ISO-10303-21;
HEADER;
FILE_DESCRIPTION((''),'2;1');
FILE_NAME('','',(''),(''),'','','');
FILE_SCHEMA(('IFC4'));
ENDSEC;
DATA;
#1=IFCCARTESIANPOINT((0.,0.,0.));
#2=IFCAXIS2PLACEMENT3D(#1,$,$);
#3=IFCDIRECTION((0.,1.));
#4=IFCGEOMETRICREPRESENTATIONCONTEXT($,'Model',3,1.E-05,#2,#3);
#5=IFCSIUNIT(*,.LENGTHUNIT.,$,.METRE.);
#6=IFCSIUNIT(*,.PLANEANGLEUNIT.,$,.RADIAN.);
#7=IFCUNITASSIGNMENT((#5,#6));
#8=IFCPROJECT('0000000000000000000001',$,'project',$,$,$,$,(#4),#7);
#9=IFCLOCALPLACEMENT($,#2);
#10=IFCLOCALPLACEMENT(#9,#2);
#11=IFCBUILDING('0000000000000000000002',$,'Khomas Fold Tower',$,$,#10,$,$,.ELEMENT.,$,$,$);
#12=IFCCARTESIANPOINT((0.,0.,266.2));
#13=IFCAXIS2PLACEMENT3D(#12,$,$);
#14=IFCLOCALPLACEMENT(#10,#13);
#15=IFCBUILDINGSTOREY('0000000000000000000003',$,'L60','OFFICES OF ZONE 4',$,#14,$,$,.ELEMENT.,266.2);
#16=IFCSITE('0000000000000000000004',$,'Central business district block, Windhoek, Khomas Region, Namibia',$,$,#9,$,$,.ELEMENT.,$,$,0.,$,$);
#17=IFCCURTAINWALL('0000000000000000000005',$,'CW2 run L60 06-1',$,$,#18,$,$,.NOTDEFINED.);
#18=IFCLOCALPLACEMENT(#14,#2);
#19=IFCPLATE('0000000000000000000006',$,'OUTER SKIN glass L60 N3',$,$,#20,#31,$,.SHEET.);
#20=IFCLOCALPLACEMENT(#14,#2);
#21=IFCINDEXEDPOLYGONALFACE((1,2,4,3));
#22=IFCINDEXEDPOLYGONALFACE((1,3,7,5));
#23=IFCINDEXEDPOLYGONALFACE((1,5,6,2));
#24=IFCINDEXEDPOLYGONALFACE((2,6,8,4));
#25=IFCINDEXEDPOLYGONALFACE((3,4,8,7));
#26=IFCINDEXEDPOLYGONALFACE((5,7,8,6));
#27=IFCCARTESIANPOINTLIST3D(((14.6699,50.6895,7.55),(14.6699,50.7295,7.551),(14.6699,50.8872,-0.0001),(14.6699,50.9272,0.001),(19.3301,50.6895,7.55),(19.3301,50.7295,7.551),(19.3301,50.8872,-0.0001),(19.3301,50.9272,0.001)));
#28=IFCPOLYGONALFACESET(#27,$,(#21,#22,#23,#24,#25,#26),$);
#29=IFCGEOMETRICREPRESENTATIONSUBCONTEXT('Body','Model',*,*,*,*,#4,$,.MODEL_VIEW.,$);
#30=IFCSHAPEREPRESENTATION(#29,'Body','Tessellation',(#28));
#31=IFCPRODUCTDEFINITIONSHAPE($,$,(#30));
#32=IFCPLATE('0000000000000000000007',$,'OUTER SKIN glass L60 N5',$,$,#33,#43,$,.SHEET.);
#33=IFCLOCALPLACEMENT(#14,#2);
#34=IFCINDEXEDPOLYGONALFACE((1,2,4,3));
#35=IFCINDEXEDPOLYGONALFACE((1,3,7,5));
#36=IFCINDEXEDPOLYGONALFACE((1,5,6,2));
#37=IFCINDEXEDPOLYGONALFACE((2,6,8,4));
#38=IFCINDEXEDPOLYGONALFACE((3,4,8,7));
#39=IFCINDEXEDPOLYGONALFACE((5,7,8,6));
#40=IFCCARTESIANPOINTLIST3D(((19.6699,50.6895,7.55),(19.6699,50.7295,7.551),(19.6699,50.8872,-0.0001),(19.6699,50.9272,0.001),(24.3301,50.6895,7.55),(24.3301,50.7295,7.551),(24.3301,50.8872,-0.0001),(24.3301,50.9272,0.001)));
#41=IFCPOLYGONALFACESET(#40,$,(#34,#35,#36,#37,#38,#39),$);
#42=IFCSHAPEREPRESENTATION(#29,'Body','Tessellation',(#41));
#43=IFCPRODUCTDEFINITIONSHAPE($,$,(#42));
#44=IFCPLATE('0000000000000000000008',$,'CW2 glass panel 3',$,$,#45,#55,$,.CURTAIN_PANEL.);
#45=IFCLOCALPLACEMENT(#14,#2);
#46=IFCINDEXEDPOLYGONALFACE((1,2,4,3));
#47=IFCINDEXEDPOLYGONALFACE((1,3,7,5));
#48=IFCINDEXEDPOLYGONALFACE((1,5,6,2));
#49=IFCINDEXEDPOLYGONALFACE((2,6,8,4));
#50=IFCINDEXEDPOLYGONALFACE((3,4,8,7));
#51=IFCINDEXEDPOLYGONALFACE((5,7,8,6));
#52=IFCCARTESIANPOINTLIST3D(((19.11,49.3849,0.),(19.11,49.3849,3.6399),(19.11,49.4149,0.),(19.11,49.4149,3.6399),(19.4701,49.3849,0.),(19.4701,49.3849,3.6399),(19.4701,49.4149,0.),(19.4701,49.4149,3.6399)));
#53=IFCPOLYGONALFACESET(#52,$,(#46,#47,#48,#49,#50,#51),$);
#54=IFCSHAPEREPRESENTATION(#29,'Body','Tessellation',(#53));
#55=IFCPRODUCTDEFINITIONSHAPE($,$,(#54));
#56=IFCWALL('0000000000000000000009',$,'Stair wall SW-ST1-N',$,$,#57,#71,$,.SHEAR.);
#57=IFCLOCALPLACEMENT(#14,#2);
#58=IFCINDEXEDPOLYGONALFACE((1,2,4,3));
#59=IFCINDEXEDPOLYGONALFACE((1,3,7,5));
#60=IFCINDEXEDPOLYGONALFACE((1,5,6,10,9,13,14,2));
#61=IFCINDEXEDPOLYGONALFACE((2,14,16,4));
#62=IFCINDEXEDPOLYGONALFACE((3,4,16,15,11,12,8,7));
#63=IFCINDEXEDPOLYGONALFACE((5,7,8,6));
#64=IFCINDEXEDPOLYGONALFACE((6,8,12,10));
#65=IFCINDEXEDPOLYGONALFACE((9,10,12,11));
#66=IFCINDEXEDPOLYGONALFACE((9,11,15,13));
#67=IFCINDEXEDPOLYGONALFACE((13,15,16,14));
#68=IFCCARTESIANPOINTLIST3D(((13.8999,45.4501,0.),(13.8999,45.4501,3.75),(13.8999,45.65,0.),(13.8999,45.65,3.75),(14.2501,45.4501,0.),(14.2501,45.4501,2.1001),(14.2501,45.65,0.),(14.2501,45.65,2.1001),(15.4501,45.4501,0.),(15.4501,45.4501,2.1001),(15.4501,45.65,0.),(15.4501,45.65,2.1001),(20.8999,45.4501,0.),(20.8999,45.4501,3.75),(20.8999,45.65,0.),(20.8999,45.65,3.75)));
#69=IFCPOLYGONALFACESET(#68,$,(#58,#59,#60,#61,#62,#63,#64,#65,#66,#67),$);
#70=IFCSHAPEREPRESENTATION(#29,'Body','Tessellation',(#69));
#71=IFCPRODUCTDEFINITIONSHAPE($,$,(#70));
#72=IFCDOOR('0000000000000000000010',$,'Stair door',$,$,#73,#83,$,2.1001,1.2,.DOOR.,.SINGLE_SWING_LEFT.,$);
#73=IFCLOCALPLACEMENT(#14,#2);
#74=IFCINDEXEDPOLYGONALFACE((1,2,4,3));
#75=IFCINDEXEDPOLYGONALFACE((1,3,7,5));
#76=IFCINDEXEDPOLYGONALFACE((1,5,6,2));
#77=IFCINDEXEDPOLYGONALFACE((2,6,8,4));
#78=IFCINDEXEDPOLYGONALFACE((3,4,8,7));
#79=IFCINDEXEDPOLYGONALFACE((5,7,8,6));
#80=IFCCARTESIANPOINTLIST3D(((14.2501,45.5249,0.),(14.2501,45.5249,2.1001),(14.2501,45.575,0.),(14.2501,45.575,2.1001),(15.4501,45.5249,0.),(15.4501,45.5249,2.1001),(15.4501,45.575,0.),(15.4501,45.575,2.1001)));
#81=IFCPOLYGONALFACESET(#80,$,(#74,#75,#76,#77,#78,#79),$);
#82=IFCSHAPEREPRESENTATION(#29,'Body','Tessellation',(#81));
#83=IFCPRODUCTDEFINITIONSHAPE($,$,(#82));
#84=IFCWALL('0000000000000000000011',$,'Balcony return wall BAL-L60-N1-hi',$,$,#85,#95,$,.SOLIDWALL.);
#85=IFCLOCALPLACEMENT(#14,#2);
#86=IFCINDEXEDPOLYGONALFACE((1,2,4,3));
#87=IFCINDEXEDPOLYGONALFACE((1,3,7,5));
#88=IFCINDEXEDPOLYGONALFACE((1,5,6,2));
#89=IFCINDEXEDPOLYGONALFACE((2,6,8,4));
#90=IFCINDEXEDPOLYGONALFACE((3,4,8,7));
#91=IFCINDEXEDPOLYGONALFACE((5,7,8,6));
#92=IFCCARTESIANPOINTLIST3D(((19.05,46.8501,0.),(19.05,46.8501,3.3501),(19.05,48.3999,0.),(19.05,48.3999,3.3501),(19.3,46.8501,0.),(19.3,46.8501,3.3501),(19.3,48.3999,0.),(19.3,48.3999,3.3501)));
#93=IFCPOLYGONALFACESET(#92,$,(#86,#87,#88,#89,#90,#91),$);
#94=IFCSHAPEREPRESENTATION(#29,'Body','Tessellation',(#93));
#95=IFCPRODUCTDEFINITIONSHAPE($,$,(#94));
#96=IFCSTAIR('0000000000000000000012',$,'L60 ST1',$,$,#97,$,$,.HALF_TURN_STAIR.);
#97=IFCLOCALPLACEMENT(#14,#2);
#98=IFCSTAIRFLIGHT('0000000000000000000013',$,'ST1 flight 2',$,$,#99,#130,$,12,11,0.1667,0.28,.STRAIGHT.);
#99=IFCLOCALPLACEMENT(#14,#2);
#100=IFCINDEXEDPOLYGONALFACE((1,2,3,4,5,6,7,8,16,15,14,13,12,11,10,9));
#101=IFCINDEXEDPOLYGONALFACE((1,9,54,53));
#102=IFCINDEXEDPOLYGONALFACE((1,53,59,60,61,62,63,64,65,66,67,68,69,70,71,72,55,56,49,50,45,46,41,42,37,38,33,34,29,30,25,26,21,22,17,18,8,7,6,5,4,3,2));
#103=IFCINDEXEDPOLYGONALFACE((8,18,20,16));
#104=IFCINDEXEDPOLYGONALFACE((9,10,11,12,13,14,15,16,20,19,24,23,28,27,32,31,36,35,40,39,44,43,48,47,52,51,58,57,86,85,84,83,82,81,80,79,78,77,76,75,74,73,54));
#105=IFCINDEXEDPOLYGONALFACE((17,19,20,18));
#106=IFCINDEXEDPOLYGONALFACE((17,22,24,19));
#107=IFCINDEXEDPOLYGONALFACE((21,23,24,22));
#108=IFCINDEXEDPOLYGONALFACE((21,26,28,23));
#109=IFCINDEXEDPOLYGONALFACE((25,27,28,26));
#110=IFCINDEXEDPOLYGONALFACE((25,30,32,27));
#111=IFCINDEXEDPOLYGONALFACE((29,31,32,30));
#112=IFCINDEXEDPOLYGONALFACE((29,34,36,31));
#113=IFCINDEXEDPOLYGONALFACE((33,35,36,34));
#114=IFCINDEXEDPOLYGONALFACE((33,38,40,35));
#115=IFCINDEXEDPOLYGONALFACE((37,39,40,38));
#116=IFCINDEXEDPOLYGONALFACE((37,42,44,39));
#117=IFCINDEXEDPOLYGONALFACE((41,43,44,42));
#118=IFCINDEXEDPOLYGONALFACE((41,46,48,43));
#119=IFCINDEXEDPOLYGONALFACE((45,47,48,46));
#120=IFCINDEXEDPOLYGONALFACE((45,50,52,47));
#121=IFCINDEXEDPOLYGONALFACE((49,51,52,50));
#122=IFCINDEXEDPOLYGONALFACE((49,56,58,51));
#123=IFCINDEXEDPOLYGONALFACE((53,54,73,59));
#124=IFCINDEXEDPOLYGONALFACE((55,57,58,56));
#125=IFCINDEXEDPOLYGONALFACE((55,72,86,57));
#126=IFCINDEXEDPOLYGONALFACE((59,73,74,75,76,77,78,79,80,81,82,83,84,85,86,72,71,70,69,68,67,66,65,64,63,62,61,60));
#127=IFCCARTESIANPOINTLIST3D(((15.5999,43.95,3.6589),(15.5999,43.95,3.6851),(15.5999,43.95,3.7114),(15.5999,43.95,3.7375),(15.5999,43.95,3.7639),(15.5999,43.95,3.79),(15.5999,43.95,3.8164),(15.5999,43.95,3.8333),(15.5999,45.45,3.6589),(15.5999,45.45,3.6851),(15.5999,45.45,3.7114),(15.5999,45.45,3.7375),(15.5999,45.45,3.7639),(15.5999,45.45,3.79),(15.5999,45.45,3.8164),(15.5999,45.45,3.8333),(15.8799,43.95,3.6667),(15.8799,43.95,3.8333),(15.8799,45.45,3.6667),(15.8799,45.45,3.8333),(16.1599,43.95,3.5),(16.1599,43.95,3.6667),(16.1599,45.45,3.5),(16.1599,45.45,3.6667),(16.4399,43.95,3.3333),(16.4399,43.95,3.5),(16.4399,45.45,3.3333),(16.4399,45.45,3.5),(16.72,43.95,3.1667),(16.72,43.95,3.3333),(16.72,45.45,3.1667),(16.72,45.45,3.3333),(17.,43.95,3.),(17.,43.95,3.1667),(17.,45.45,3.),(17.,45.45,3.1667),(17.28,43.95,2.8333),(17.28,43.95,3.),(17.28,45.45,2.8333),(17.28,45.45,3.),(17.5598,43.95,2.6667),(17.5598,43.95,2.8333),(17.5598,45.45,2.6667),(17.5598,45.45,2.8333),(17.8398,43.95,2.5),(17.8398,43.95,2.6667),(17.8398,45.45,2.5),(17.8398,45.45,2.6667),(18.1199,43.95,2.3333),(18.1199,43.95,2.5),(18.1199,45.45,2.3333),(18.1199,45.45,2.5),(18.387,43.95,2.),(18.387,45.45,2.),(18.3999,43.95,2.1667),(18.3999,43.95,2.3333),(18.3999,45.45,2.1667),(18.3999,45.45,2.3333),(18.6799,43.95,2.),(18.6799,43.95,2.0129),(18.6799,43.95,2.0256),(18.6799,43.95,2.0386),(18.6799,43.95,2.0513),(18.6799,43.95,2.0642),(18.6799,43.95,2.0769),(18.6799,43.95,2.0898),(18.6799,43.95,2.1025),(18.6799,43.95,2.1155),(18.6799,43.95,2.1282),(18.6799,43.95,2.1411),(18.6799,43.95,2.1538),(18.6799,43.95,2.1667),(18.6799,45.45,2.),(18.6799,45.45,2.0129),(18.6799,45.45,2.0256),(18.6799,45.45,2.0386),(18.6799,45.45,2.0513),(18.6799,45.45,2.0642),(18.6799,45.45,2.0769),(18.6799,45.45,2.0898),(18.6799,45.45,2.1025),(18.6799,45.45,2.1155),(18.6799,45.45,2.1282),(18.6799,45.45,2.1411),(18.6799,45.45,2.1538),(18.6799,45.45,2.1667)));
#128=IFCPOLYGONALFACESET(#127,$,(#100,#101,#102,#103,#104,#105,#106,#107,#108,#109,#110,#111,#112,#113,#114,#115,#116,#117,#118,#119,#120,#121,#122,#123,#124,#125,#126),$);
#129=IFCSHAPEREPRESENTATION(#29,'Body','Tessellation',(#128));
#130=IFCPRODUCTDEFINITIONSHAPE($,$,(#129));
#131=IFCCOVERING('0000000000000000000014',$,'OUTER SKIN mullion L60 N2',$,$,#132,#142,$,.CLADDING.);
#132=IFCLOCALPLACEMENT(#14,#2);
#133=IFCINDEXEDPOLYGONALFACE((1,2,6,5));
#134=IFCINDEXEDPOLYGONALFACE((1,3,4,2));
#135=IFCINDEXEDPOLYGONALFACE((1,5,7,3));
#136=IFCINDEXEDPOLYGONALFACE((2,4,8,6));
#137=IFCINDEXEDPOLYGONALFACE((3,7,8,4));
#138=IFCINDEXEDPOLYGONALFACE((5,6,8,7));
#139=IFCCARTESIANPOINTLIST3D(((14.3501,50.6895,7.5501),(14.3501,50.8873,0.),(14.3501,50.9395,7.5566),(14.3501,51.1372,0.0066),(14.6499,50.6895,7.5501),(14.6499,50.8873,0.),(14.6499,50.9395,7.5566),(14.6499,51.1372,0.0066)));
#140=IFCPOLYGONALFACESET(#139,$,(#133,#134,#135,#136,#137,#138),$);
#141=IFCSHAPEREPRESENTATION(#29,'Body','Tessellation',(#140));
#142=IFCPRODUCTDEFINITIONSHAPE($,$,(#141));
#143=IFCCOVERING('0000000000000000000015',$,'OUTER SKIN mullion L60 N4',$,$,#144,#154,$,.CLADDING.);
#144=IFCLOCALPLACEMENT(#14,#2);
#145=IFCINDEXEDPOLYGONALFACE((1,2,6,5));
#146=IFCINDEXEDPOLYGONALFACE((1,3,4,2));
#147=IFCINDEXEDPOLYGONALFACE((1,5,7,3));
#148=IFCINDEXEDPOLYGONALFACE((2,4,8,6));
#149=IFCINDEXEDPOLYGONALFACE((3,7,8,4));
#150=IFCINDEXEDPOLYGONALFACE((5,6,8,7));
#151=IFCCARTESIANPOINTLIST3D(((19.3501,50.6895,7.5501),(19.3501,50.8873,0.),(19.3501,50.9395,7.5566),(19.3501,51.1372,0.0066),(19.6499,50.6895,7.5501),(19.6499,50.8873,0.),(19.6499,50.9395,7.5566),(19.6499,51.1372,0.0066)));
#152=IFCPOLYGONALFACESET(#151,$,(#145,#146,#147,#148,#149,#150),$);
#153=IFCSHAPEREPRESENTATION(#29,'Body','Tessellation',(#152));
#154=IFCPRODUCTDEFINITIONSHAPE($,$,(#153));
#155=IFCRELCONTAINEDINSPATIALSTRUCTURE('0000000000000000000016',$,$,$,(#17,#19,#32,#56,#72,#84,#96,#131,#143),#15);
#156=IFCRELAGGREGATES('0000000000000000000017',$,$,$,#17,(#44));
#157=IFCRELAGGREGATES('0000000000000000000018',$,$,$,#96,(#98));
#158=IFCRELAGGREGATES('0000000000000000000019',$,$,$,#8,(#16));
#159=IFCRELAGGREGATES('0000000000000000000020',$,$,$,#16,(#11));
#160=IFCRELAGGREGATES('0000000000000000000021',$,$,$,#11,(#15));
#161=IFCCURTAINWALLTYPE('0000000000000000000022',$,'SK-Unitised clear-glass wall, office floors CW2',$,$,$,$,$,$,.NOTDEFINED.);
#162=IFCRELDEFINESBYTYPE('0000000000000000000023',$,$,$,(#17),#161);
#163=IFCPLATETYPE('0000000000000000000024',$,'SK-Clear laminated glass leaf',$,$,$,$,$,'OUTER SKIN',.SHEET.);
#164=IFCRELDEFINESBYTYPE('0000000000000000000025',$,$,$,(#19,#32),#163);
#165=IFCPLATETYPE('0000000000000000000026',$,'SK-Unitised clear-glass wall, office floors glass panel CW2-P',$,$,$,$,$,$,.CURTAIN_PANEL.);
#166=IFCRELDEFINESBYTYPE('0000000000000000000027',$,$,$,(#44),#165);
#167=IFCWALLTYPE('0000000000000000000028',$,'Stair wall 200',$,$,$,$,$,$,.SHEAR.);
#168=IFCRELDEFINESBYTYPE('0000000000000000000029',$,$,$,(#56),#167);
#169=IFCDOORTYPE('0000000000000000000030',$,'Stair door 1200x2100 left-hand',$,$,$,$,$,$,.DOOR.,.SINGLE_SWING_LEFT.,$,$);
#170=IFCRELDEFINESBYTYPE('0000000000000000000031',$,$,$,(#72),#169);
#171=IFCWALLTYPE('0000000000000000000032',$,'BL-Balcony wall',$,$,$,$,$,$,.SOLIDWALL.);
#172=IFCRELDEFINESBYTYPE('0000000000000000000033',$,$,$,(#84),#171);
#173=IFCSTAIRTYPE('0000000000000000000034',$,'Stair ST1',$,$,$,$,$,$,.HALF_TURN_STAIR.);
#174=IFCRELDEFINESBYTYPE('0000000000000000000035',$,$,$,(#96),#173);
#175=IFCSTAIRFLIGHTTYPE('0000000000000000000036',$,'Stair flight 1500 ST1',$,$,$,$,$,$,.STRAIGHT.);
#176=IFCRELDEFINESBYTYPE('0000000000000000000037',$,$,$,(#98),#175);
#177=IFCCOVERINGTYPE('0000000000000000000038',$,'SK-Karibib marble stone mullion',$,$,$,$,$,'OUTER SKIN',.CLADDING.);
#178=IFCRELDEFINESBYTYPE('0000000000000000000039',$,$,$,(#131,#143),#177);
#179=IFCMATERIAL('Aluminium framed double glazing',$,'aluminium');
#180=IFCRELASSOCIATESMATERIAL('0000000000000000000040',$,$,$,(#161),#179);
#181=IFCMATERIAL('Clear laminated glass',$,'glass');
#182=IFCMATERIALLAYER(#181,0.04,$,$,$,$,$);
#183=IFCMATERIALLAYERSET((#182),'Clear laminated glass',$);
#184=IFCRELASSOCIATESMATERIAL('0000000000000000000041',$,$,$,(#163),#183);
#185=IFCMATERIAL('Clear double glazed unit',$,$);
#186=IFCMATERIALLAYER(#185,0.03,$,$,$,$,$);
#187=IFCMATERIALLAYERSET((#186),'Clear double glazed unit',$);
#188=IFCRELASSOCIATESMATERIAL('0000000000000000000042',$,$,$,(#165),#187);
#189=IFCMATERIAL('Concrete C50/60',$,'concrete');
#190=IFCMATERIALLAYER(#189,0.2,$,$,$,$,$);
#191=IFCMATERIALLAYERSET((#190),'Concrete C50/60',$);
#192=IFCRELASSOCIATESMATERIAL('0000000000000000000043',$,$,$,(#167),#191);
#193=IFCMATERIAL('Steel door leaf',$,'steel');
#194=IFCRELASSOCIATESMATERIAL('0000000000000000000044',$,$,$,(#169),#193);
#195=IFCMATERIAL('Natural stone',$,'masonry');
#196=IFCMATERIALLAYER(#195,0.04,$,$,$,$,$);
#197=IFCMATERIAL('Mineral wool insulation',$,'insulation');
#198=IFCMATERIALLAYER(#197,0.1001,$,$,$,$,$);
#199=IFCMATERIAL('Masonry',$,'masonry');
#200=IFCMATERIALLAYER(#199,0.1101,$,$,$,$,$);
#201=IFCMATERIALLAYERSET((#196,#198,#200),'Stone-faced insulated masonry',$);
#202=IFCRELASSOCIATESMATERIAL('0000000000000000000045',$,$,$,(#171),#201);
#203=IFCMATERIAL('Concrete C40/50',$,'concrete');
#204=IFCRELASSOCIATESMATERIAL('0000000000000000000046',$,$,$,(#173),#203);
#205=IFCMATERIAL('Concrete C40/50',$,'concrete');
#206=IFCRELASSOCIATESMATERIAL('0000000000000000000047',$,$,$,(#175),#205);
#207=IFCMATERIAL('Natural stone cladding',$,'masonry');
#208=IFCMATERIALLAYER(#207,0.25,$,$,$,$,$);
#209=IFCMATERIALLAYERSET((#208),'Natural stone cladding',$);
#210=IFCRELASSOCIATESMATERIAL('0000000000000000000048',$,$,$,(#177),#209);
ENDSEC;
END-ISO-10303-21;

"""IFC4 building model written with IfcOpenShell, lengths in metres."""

from ifc_helpers import new_model, si_unit, direction, frame, frame_2d, origin, origin_2d, place, context, subcontext, project, spatial, polyline, rectangle, outline, extrude, source, transform, mapped, material, layer, layer_set, type_object, element, fill, aggregate, save


model = new_model("IFC4")

# Units and contexts
model_context = context("Model", 3, precision=1e-05, world=origin(), true_north=direction((0.0, 1.0)))
body_context = subcontext(model_context, "Body", "Model", "MODEL_VIEW")
ifc_project = project(units=[si_unit("LENGTHUNIT", "METRE"), si_unit("PLANEANGLEUNIT", "RADIAN")], contexts=[model_context])

# Site, building, storey
site_placement = place(None, origin())
site = spatial("IfcSite", under=ifc_project, at=site_placement, Name="Central business district block, Windhoek, Khomas Region, Namibia", CompositionType="ELEMENT", RefElevation=0.0)
building_placement = place(site_placement, origin())
building = spatial("IfcBuilding", under=site, at=building_placement, Name="Khomas Fold Tower", CompositionType="ELEMENT")
storey_placement = place(building_placement, frame((0.0, 0.0, 266.2)))
storey = spatial("IfcBuildingStorey", under=building, at=storey_placement, Name="L60", Description="OFFICES OF ZONE 4", CompositionType="ELEMENT", Elevation=266.2)

# Curtain wall
ifc_material_1 = material(Name="Aluminium framed double glazing", Category="aluminium")
curtain_wall_type = type_object("IfcCurtainWallType", Name="SK-Unitised clear-glass wall, office floors CW2", PredefinedType="NOTDEFINED", material=ifc_material_1)
curtain_wall_placement = place(storey_placement, origin())
curtain_wall = element("IfcCurtainWall", 1, at=curtain_wall_placement, inside=storey, type_object=curtain_wall_type, Name="CW2 run L60 06-1", PredefinedType="NOTDEFINED")

# Plates
ifc_material_2 = material(Name="Clear laminated glass", Category="glass")
ifc_layer_1 = layer(ifc_material_2, 0.04)
ifc_layer_set_1 = layer_set([ifc_layer_1], Name="Clear laminated glass")
plate_type_1 = type_object("IfcPlateType", Name="SK-Clear laminated glass leaf", ElementType="OUTER SKIN", PredefinedType="SHEET", material=ifc_layer_set_1)
for number, where, z_axis, x_axis, name in (
    (2, (14.6699, 50.9272, 0.001), (0.0, 0.999657, 0.026183), (1.0, 0.0, 0.0), "OUTER SKIN glass L60 N3"),
    (3, (19.6699, 50.9272, 0.001), (0.0, 0.999657, 0.026183), (1.0, 0.0, 0.0), "OUTER SKIN glass L60 N5"),
):
    element("IfcPlate", number, at=place(storey_placement, frame(where, z_axis=z_axis, x_axis=x_axis)), inside=storey, type_object=plate_type_1, Name=name, PredefinedType="SHEET", context=body_context, shape_type="SweptSolid", body=[
        extrude(outline(polyline([(0.0, 0.0), (4.6602, 0.0), (4.6602, -7.5526), (0.0, -7.5526), (0.0, 0.0)])), origin(), (0.0, 0.0, -1.0), 0.04),
    ])

# Plate
ifc_material_3 = material(Name="Clear double glazed unit")
ifc_layer_2 = layer(ifc_material_3, 0.03)
ifc_layer_set_2 = layer_set([ifc_layer_2], Name="Clear double glazed unit")
plate_type_2 = type_object("IfcPlateType", Name="SK-Unitised clear-glass wall, office floors glass panel CW2-P", PredefinedType="CURTAIN_PANEL", material=ifc_layer_set_2)
shared_shape_1 = source(origin(), body_context, "Body", "SweptSolid", [
    extrude(rectangle(XDim=0.3601, YDim=0.03, at=origin_2d()), origin(), (0.0, 0.0, 1.0), 3.6399),
])
plate_placement = place(storey_placement, frame((19.29, 49.3999, 0.0), z_axis=(0.0, 0.0, 1.0), x_axis=(-1.0, 0.0, 0.0)))
plate = element("IfcPlate", 4, at=plate_placement, type_object=plate_type_2, Name="CW2 glass panel 3", PredefinedType="CURTAIN_PANEL", context=body_context, shape_type="MappedRepresentation", body=[
    mapped(shared_shape_1, transform((0.0, 0.0, 0.0))),
])
aggregate(curtain_wall, [plate])

# Wall, opening, door
ifc_material_4 = material(Name="Concrete C50/60", Category="concrete")
ifc_layer_3 = layer(ifc_material_4, 0.2)
ifc_layer_set_3 = layer_set([ifc_layer_3], Name="Concrete C50/60")
wall_type_1 = type_object("IfcWallType", Name="Stair wall 200", PredefinedType="SHEAR", material=ifc_layer_set_3)
shared_shape_2 = source(origin(), body_context, "Body", "SweptSolid", [
    extrude(rectangle(XDim=7.0, YDim=0.2, at=frame_2d((3.5, 0.0))), origin(), (0.0, 0.0, 1.0), 3.75),
])
wall_1_placement = place(storey_placement, frame((13.8999, 45.55, 0.0), z_axis=(0.0, 0.0, 1.0), x_axis=(1.0, 0.0, 0.0)))
wall_1 = element("IfcWall", 5, at=wall_1_placement, inside=storey, type_object=wall_type_1, Name="Stair wall SW-ST1-N", PredefinedType="SHEAR", context=body_context, shape_type="MappedRepresentation", body=[
    mapped(shared_shape_2, transform((0.0, 0.0, 0.0))),
])
shared_shape_3 = source(origin(), body_context, "Body", "SweptSolid", [
    extrude(rectangle(XDim=1.2, YDim=2.1001, at=frame_2d((0.6001, 1.05))), frame((0.0, 0.1099, 0.0), z_axis=(0.0, -1.0, 0.0), x_axis=(1.0, 0.0, 0.0)), (0.0, 0.0, 1.0), 0.22),
])
opening_placement = place(wall_1_placement, frame((0.3501, 0.0, 0.0)))
opening = element("IfcOpeningElement", 6, at=opening_placement, cuts=wall_1, PredefinedType="OPENING", context=body_context, shape_type="MappedRepresentation", body=[
    mapped(shared_shape_3, transform((0.0, 0.0, 0.0))),
])
ifc_material_5 = material(Name="Steel door leaf", Category="steel")
door_type = type_object("IfcDoorType", Name="Stair door 1200x2100 left-hand", OperationType="SINGLE_SWING_LEFT", PredefinedType="DOOR", material=ifc_material_5)
shared_shape_4 = source(origin(), body_context, "Body", "SweptSolid", [
    extrude(rectangle(XDim=1.2, YDim=2.1001, at=frame_2d((0.6001, 1.05))), frame((0.0, 0.0249, 0.0), z_axis=(0.0, -1.0, 0.0), x_axis=(1.0, 0.0, 0.0)), (0.0, 0.0, 1.0), 0.05),
])
door_placement = place(opening_placement, origin())
door = element("IfcDoor", 7, at=door_placement, inside=storey, type_object=door_type, Name="Stair door", OperationType="SINGLE_SWING_LEFT", OverallHeight=2.1001, OverallWidth=1.2, PredefinedType="DOOR", context=body_context, shape_type="MappedRepresentation", body=[
    mapped(shared_shape_4, transform((0.0, 0.0, 0.0))),
])
fill(opening, door)

# Wall
ifc_material_6 = material(Name="Natural stone", Category="masonry")
ifc_layer_4 = layer(ifc_material_6, 0.04)
ifc_material_7 = material(Name="Mineral wool insulation", Category="insulation")
ifc_layer_5 = layer(ifc_material_7, 0.1001)
ifc_material_8 = material(Name="Masonry", Category="masonry")
ifc_layer_6 = layer(ifc_material_8, 0.1101)
ifc_layer_set_4 = layer_set([ifc_layer_4, ifc_layer_5, ifc_layer_6], Name="Stone-faced insulated masonry")
wall_type_2 = type_object("IfcWallType", Name="BL-Balcony wall", PredefinedType="SOLIDWALL", material=ifc_layer_set_4)
shared_shape_5 = source(origin(), body_context, "Body", "SweptSolid", [
    extrude(rectangle(XDim=1.5498, YDim=0.25, at=frame_2d((0.7749, 0.0))), origin(), (0.0, 0.0, 1.0), 3.3501),
])
wall_2_placement = place(storey_placement, frame((19.175, 48.3999, 0.0), z_axis=(0.0, 0.0, 1.0), x_axis=(0.0, -1.0, 0.0)))
element("IfcWall", 8, at=wall_2_placement, inside=storey, type_object=wall_type_2, Name="Balcony return wall BAL-L60-N1-hi", PredefinedType="SOLIDWALL", context=body_context, shape_type="MappedRepresentation", body=[
    mapped(shared_shape_5, transform((0.0, 0.0, 0.0))),
])

# Stair, stair flight
ifc_material_9 = material(Name="Concrete C40/50", Category="concrete")
stair_type = type_object("IfcStairType", Name="Stair ST1", PredefinedType="HALF_TURN_STAIR", material=ifc_material_9)
stair_placement = place(storey_placement, origin())
stair = element("IfcStair", 9, at=stair_placement, inside=storey, type_object=stair_type, Name="L60 ST1", PredefinedType="HALF_TURN_STAIR")
ifc_material_10 = material(Name="Concrete C40/50", Category="concrete")
stair_flight_type = type_object("IfcStairFlightType", Name="Stair flight 1500 ST1", PredefinedType="STRAIGHT", material=ifc_material_10)
shared_shape_6 = source(origin(), body_context, "Body", "SweptSolid", [
    extrude(outline(polyline([(0.0, 0.0), (0.0, 0.0129), (0.0, 0.0256), (0.0, 0.0386), (0.0, 0.0513), (0.0, 0.0642), (0.0, 0.0769), (0.0, 0.0898), (0.0, 0.1025), (0.0, 0.1155), (0.0, 0.1282), (0.0, 0.1411), (0.0, 0.1538), (0.0, 0.1667), (0.28, 0.1667), (0.28, 0.3333), (0.5601, 0.3333), (0.5601, 0.5), (0.8401, 0.5), (0.8401, 0.6667), (1.1201, 0.6667), (1.1201, 0.8333), (1.3999, 0.8333), (1.3999, 1.0), (1.6799, 1.0), (1.6799, 1.1667), (1.96, 1.1667), (1.96, 1.3333), (2.24, 1.3333), (2.24, 1.5), (2.52, 1.5), (2.52, 1.6667), (2.8, 1.6667), (2.8, 1.8333), (3.0801, 1.8333), (3.0801, 2.0), (3.0801, 1.9739), (3.0801, 1.9475), (3.0801, 1.9214), (3.0801, 1.895), (3.0801, 1.8689), (3.0801, 1.8425), (3.0801, 1.8164), (3.0801, 1.79), (3.0801, 1.7639), (3.0801, 1.7375), (3.0801, 1.7114), (3.0801, 1.6851), (3.0801, 1.6589), (0.293, 0.0), (0.0, 0.0)])), frame((0.0, 0.75, 0.0), z_axis=(0.0, -1.0, 0.0), x_axis=(1.0, 0.0, 0.0)), (0.0, 0.0, 1.0), 1.5),
])
stair_flight_placement = place(storey_placement, frame((18.6799, 44.7, 2.0), z_axis=(0.0, 0.0, 1.0), x_axis=(-1.0, 0.0, 0.0)))
stair_flight = element("IfcStairFlight", 10, at=stair_flight_placement, type_object=stair_flight_type, Name="ST1 flight 2", NumberOfRisers=12, NumberOfTreads=11, PredefinedType="STRAIGHT", RiserHeight=0.1667, TreadLength=0.28, context=body_context, shape_type="MappedRepresentation", body=[
    mapped(shared_shape_6, transform((0.0, 0.0, 0.0))),
])
aggregate(stair, [stair_flight])

# Coverings
ifc_material_11 = material(Name="Natural stone cladding", Category="masonry")
ifc_layer_7 = layer(ifc_material_11, 0.25)
ifc_layer_set_5 = layer_set([ifc_layer_7], Name="Natural stone cladding")
covering_type = type_object("IfcCoveringType", Name="SK-Karibib marble stone mullion", ElementType="OUTER SKIN", PredefinedType="CLADDING", material=ifc_layer_set_5)
for number, where, z_axis, x_axis, name in (
    (11, (14.3501, 51.1372, 0.0066), (0.0, 0.999657, 0.026183), (1.0, 0.0, 0.0), "OUTER SKIN mullion L60 N2"),
    (12, (19.3501, 51.1372, 0.0066), (0.0, 0.999657, 0.026183), (1.0, 0.0, 0.0), "OUTER SKIN mullion L60 N4"),
):
    element("IfcCovering", number, at=place(storey_placement, frame(where, z_axis=z_axis, x_axis=x_axis)), inside=storey, type_object=covering_type, Name=name, PredefinedType="CLADDING", context=body_context, shape_type="SweptSolid", body=[
        extrude(outline(polyline([(0.0, 0.0), (0.2998, 0.0), (0.2998, -7.5526), (0.0, -7.5526), (0.0, 0.0)])), origin(), (0.0, 0.0, -1.0), 0.25),
    ])

save(model, "model.ifc")
